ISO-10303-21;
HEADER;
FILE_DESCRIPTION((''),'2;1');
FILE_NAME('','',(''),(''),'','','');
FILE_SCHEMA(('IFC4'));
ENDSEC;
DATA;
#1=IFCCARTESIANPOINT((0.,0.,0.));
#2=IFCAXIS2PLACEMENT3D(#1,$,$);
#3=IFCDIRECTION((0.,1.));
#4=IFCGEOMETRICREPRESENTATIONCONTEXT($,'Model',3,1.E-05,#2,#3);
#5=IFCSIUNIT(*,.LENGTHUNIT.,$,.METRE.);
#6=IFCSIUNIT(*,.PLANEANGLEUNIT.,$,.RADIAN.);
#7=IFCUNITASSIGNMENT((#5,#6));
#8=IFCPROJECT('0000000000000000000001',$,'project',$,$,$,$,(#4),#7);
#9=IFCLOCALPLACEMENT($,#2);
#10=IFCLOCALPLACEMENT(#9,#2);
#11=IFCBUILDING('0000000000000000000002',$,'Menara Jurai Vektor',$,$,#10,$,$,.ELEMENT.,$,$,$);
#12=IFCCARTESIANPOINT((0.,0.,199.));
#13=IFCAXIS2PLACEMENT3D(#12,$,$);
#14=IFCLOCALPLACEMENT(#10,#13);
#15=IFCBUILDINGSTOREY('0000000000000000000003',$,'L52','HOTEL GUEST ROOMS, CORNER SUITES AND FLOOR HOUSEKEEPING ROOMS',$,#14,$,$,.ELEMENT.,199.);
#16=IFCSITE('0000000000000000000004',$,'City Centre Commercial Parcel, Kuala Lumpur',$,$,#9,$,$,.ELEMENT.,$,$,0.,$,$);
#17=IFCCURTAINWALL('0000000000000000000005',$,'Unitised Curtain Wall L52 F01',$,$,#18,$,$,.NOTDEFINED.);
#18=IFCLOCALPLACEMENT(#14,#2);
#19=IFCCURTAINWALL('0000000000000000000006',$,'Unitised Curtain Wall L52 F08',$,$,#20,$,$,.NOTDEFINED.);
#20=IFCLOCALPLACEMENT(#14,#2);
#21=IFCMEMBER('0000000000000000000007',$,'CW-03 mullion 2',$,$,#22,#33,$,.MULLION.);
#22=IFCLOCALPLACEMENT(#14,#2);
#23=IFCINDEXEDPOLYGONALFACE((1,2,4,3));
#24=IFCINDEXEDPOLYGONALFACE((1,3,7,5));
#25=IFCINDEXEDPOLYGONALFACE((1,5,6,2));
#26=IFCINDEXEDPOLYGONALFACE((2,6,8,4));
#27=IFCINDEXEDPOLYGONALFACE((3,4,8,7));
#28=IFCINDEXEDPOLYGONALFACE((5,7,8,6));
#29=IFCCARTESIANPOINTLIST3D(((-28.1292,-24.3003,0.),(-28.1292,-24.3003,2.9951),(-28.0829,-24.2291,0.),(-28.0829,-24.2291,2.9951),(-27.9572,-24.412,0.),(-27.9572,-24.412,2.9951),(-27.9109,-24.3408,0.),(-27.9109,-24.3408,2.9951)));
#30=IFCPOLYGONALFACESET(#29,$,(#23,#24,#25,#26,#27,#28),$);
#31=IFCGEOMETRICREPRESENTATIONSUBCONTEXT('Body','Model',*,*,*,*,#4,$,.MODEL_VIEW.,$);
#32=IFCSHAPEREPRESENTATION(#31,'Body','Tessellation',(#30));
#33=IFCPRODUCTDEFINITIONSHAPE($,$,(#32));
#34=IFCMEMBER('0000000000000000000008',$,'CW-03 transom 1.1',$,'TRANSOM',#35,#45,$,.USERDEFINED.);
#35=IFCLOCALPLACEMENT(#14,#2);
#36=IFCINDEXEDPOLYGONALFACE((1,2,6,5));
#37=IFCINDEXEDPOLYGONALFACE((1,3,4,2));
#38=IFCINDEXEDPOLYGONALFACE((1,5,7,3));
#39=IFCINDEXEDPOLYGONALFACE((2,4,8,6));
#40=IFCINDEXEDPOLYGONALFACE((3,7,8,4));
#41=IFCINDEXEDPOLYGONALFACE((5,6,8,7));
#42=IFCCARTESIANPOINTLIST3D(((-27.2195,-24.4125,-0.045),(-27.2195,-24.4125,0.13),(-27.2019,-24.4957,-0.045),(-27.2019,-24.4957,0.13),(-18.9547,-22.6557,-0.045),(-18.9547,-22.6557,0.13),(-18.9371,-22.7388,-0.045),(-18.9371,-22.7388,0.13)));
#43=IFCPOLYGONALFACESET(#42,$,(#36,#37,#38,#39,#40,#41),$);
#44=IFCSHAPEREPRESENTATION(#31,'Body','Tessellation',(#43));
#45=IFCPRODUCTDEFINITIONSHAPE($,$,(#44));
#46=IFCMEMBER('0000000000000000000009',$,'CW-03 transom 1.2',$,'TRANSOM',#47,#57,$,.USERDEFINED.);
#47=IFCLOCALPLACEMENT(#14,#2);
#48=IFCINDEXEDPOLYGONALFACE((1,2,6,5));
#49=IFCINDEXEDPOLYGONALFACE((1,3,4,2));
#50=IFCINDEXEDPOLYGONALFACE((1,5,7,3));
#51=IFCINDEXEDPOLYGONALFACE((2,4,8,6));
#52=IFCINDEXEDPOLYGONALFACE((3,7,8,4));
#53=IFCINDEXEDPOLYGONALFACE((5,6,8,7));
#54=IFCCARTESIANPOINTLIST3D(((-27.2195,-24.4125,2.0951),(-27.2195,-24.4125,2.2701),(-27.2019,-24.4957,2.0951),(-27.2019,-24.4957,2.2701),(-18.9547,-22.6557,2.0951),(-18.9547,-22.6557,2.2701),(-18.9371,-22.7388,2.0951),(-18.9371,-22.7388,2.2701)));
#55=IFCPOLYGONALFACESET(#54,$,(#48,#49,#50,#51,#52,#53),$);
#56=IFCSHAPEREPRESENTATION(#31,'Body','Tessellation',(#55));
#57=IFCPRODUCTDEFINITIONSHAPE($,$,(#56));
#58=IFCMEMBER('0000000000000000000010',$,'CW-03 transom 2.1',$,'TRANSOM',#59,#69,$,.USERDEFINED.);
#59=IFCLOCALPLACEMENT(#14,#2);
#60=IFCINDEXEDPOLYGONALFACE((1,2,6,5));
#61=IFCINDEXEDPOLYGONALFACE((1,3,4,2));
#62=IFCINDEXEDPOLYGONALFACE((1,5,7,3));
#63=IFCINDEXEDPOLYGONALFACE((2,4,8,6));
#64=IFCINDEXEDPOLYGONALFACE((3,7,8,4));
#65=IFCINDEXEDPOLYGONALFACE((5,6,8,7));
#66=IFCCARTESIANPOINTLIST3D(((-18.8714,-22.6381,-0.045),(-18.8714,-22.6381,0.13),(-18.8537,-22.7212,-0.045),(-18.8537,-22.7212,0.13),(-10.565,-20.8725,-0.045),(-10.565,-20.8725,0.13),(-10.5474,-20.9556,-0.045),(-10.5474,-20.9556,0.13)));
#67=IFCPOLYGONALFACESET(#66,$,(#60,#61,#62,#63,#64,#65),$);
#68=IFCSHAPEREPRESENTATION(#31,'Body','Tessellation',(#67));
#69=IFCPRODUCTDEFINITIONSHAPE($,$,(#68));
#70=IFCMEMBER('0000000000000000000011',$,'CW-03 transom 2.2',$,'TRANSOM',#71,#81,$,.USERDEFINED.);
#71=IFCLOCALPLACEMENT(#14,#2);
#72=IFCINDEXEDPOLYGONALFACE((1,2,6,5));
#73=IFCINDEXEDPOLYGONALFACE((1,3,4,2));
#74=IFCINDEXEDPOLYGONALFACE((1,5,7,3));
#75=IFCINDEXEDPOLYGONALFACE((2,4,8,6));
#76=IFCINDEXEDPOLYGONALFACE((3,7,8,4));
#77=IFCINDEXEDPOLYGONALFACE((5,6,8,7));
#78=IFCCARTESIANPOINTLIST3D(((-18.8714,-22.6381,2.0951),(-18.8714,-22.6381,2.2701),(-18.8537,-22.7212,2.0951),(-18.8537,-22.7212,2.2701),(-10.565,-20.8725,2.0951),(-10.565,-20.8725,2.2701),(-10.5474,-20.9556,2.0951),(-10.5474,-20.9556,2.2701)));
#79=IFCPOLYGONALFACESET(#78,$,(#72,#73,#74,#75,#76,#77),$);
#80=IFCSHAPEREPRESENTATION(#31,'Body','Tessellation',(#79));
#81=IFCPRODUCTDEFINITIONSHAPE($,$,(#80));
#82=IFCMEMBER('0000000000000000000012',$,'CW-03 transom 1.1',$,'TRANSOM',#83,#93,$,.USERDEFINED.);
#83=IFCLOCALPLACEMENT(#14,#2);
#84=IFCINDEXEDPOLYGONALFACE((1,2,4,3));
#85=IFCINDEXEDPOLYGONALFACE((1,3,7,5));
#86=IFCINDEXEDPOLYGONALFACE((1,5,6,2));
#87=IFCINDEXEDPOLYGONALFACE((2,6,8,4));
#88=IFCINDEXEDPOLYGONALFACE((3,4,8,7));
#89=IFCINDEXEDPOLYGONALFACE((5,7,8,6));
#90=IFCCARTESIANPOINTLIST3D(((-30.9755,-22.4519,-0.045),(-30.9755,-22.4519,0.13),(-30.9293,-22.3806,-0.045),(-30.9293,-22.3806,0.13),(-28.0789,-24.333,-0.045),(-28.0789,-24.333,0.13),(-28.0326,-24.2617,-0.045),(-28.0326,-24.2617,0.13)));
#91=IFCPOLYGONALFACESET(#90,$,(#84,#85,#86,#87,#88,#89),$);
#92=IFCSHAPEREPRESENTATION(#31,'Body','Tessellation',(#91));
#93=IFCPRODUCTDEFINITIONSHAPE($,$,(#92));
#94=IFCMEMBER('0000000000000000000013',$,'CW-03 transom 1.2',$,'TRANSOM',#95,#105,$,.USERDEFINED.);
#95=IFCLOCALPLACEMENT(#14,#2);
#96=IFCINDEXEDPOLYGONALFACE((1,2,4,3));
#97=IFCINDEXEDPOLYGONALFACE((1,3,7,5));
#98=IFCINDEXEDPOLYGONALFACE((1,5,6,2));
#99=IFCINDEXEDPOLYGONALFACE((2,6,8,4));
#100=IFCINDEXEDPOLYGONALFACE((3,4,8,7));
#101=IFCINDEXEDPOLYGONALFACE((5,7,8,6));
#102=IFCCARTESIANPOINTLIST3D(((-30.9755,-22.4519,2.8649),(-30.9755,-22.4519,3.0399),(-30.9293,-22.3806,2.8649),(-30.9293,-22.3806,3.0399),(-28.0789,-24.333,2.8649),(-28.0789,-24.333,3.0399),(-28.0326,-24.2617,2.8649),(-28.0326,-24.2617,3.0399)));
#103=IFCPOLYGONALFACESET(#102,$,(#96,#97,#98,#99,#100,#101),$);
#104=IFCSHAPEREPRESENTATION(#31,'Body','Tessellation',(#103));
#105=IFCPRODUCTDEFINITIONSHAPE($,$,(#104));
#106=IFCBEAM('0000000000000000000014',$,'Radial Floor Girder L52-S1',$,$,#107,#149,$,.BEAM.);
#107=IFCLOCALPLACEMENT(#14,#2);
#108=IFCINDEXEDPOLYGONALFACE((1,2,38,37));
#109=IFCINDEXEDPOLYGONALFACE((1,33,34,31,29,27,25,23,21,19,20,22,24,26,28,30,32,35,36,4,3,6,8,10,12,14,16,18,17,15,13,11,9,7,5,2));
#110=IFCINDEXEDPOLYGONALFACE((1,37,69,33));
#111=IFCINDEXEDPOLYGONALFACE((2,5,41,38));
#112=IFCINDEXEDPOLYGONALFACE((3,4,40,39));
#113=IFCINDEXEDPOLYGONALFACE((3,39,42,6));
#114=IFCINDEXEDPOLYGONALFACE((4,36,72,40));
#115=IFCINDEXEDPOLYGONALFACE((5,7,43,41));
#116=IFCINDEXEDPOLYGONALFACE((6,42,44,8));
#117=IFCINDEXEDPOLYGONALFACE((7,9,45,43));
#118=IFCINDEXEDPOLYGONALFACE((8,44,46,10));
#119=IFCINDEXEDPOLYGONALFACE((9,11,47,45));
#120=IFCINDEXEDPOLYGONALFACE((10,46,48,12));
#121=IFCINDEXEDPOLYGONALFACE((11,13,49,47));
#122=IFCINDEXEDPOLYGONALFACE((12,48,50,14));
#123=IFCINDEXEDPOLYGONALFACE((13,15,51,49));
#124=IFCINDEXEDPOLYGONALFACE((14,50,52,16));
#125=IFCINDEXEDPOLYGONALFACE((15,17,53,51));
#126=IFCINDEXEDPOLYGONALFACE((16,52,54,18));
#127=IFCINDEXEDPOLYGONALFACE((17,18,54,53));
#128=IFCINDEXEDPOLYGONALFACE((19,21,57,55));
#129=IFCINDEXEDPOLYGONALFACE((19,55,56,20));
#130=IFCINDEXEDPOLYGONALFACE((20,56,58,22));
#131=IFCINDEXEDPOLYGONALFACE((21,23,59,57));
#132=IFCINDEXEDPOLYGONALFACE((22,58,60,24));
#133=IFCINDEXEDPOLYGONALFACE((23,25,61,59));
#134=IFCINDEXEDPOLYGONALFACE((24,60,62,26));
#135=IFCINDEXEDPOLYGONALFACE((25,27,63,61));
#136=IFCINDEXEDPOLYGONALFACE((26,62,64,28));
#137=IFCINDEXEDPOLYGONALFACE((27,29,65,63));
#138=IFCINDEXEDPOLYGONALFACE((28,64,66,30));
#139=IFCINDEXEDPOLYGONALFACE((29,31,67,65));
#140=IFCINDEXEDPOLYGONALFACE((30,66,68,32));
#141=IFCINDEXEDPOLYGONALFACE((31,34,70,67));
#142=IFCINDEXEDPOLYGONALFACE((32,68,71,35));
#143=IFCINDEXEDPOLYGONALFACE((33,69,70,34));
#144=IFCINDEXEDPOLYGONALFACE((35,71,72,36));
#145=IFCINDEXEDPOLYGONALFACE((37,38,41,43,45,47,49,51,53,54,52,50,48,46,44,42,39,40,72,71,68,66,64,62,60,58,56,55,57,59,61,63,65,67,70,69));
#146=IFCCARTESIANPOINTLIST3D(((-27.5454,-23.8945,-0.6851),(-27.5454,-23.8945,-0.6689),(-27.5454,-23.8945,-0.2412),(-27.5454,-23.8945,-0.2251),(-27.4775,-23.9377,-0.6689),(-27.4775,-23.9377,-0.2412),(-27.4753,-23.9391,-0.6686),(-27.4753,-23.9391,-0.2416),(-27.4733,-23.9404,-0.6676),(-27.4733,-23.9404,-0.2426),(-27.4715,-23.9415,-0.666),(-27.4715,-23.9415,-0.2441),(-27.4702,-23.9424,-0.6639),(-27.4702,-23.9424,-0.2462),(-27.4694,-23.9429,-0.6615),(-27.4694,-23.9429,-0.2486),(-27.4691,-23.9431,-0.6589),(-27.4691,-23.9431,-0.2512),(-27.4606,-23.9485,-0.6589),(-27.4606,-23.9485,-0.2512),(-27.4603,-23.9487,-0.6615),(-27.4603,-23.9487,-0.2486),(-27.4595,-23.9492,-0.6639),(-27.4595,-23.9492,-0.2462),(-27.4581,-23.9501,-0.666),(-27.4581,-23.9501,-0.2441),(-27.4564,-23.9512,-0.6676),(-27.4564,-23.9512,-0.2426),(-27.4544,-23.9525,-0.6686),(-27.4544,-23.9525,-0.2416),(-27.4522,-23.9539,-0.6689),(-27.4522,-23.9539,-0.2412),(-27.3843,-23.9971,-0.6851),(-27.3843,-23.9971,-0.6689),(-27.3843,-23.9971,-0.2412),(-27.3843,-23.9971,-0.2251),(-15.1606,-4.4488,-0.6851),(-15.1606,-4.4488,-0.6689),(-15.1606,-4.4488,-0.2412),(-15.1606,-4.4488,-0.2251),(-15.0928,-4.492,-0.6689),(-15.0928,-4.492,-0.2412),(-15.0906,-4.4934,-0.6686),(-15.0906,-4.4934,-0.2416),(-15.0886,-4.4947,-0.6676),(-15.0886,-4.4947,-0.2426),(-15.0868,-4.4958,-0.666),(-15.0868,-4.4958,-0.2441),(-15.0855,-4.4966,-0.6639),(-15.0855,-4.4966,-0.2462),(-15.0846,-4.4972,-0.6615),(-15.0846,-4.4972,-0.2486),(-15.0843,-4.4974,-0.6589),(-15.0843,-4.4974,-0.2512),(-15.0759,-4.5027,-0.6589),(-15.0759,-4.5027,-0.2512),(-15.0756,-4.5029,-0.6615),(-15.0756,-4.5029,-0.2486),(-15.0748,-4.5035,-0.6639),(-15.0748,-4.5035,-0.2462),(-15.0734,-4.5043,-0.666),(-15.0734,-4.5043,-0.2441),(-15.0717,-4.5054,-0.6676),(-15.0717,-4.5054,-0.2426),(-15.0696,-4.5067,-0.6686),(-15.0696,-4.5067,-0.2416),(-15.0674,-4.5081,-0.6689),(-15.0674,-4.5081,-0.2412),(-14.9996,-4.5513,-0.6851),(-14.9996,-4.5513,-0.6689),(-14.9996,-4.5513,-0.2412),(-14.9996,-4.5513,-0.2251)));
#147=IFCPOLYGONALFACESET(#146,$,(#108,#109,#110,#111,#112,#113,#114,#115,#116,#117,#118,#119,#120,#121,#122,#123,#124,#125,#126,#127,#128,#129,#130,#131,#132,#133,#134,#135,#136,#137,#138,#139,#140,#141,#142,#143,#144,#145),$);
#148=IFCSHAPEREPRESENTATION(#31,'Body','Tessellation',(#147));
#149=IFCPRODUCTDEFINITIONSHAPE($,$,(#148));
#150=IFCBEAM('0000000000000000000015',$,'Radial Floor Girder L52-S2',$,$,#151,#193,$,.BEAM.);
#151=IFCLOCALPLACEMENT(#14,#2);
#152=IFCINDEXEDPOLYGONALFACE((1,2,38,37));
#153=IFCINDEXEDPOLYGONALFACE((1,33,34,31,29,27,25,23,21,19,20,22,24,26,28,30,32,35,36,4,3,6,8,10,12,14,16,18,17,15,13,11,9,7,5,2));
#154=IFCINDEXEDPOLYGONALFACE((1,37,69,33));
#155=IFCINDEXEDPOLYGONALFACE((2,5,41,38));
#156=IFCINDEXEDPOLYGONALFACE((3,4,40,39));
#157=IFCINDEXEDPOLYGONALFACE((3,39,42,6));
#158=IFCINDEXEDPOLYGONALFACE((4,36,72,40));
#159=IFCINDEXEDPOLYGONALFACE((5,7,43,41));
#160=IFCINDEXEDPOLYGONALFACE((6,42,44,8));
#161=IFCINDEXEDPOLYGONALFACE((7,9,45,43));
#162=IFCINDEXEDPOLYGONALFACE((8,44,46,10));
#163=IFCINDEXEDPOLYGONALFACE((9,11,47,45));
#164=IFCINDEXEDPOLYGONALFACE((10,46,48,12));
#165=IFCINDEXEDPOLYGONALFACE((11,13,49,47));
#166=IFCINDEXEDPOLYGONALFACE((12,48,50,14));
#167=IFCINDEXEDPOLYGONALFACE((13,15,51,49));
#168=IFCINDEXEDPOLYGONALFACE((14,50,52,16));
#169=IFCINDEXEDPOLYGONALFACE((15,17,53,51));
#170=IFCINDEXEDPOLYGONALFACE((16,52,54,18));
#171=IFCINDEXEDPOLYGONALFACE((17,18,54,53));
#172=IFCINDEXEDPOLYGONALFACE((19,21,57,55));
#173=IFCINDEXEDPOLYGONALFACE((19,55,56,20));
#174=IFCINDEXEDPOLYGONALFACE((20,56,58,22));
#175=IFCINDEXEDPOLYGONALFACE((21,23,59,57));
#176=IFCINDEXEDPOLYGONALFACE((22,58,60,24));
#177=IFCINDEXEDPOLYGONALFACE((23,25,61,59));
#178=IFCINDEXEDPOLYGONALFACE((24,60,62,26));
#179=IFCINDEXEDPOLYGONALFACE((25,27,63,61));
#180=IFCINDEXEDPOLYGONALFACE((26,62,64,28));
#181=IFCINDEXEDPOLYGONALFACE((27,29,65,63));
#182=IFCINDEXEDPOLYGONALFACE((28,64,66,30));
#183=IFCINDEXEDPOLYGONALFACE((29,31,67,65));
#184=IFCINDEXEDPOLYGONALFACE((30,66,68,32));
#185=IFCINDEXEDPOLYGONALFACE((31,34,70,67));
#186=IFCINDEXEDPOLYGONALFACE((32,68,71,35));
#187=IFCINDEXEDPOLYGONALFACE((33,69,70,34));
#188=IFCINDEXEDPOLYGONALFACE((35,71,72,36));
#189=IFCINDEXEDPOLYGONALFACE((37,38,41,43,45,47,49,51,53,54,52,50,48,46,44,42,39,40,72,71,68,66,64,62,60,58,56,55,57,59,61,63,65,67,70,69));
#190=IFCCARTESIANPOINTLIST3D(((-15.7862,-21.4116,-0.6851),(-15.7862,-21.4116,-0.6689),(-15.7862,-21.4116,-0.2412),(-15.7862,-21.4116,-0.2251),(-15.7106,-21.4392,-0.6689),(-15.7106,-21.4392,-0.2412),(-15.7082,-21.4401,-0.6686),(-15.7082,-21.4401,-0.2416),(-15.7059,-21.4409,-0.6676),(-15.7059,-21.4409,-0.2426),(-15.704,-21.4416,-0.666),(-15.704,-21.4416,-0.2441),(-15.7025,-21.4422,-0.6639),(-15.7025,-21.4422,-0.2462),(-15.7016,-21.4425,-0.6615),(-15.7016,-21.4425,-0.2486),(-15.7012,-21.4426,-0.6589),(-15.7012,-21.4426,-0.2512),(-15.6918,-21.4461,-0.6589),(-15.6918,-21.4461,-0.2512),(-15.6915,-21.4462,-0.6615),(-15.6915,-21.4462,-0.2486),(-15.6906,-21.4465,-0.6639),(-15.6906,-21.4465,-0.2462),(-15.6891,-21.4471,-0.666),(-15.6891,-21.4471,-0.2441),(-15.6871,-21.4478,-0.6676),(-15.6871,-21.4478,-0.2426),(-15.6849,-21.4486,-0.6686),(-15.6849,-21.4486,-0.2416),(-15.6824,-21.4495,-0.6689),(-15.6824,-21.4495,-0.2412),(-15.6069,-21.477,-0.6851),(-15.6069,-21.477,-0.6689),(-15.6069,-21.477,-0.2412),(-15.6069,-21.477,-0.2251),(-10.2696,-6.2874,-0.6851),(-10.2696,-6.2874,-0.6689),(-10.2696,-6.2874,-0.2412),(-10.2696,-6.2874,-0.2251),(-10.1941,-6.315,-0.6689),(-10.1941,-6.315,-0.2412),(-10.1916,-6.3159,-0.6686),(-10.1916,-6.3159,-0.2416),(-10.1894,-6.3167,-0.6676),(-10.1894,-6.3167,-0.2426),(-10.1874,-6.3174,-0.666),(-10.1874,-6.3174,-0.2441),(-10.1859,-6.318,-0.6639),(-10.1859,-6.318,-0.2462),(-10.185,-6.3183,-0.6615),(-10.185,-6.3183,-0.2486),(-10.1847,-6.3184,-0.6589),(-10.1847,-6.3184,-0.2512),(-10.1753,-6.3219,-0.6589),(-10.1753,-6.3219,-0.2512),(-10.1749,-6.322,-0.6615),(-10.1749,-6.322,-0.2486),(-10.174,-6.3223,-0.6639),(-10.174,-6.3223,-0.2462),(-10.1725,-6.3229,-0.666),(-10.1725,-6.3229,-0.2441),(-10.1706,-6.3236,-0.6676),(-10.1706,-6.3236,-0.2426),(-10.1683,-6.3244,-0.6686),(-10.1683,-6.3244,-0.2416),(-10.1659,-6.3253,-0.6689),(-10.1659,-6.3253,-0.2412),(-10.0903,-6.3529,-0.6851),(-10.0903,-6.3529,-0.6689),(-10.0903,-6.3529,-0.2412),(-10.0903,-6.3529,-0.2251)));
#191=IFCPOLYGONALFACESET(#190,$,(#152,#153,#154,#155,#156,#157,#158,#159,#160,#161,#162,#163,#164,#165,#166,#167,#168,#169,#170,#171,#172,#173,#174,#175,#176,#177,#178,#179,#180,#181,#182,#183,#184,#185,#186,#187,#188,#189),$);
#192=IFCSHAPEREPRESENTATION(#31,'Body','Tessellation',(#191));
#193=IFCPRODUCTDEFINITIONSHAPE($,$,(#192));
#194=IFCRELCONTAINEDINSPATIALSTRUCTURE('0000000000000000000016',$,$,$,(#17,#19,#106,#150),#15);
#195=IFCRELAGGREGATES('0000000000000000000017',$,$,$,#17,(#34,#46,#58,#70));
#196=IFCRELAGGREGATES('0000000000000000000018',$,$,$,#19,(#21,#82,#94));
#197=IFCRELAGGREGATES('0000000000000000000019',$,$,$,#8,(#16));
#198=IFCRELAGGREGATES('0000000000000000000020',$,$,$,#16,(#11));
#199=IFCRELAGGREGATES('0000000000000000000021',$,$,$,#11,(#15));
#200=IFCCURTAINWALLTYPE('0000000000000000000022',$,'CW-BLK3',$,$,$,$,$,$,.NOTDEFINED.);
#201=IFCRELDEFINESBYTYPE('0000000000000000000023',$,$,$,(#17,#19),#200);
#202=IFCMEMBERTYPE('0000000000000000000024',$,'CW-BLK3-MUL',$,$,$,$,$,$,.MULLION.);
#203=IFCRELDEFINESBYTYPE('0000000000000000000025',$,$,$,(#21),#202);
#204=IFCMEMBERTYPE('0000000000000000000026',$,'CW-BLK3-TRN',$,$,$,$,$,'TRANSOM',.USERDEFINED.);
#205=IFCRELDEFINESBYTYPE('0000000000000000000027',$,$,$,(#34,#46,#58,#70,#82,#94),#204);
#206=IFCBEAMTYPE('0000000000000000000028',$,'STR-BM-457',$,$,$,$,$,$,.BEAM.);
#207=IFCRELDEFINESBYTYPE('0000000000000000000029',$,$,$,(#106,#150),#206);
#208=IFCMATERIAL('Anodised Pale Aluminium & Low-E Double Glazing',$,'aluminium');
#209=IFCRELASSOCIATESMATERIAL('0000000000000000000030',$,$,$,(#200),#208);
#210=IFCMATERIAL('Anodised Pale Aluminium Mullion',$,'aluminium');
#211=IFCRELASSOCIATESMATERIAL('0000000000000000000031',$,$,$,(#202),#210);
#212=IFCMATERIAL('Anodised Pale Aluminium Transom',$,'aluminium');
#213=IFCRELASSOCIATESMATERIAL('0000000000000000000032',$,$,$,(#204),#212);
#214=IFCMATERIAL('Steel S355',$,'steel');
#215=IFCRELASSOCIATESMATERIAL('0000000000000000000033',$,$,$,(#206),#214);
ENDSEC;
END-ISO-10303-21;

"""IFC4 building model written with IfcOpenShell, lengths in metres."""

from ifc_helpers import new_model, si_unit, direction, frame, origin, origin_2d, place, context, subcontext, project, spatial, rectangle, i_section, extrude, material, material_profile, profile_set, type_object, element, aggregate, save


model = new_model("IFC4")

# Units and contexts
model_context = context("Model", 3, precision=1e-05, world=origin(), true_north=direction((0.0, 1.0)))
body_context = subcontext(model_context, "Body", "Model", "MODEL_VIEW")
ifc_project = project(units=[si_unit("LENGTHUNIT", "METRE"), si_unit("PLANEANGLEUNIT", "RADIAN")], contexts=[model_context])

# Site, building, storey
site_placement = place(None, origin())
site = spatial("IfcSite", under=ifc_project, at=site_placement, Name="City Centre Commercial Parcel, Kuala Lumpur", CompositionType="ELEMENT", RefElevation=0.0)
building_placement = place(site_placement, origin())
building = spatial("IfcBuilding", under=site, at=building_placement, Name="Menara Jurai Vektor", CompositionType="ELEMENT")
storey_placement = place(building_placement, frame((0.0, 0.0, 199.0)))
storey = spatial("IfcBuildingStorey", under=building, at=storey_placement, Name="L52", Description="HOTEL GUEST ROOMS, CORNER SUITES AND FLOOR HOUSEKEEPING ROOMS", CompositionType="ELEMENT", Elevation=199.0)

# Curtain wall
ifc_material_1 = material(Name="Anodised Pale Aluminium & Low-E Double Glazing", Category="aluminium")
curtain_wall_type = type_object("IfcCurtainWallType", Name="CW-BLK3", PredefinedType="NOTDEFINED", material=ifc_material_1)
curtain_wall_1_placement = place(storey_placement, origin())
curtain_wall_1 = element("IfcCurtainWall", 1, at=curtain_wall_1_placement, inside=storey, type_object=curtain_wall_type, Name="Unitised Curtain Wall L52 F01", PredefinedType="NOTDEFINED")
ifc_material_2 = material(Name="Anodised Pale Aluminium Mullion", Category="aluminium")
ifc_material_profile_1 = material_profile(ifc_material_2, rectangle(XDim=0.085, YDim=0.2051, at=origin_2d()), Name="ALU MUL 85x205")
ifc_profile_set_1 = profile_set([ifc_material_profile_1], Name="Anodised Pale Aluminium Mullion")
member_type_1 = type_object("IfcMemberType", Name="CW-BLK3-MUL", PredefinedType="MULLION", material=ifc_profile_set_1)

# Curtain wall, member
curtain_wall_2_placement = place(storey_placement, origin())
curtain_wall_2 = element("IfcCurtainWall", 2, at=curtain_wall_2_placement, inside=storey, type_object=curtain_wall_type, Name="Unitised Curtain Wall L52 F08", PredefinedType="NOTDEFINED")
member_1_placement = place(storey_placement, frame((-28.02, -24.3206, 0.0), z_axis=(0.0, 0.0, 1.0), x_axis=(0.544618, 0.838684, 0.0)))
member_1 = element("IfcMember", 3, at=member_1_placement, type_object=member_type_1, Name="CW-03 mullion 2", PredefinedType="MULLION", context=body_context, shape_type="SweptSolid", body=[
    extrude(rectangle(XDim=0.085, YDim=0.2051, at=origin_2d()), origin(), (0.0, 0.0, 1.0), 2.9951),
])

# Members
ifc_material_3 = material(Name="Anodised Pale Aluminium Transom", Category="aluminium")
ifc_material_profile_2 = material_profile(ifc_material_3, rectangle(XDim=0.085, YDim=0.175, at=origin_2d()), Name="ALU TRN 85x175")
ifc_profile_set_2 = profile_set([ifc_material_profile_2], Name="Anodised Pale Aluminium Transom")
member_type_2 = type_object("IfcMemberType", Name="CW-BLK3-TRN", ElementType="TRANSOM", PredefinedType="USERDEFINED", material=ifc_profile_set_2)
member_2_placement = place(storey_placement, frame((-27.2107, -24.4541, 0.0425), z_axis=(0.978146, 0.207921, 0.0), x_axis=(-0.207921, 0.978146, 0.0)))
member_2 = element("IfcMember", 4, at=member_2_placement, type_object=member_type_2, Name="CW-03 transom 1.1", ObjectType="TRANSOM", PredefinedType="USERDEFINED", context=body_context, shape_type="SweptSolid", body=[
    extrude(rectangle(XDim=0.085, YDim=0.175, at=origin_2d()), origin(), (0.0, 0.0, 1.0), 8.4495),
])
member_3_placement = place(storey_placement, frame((-27.2107, -24.4541, 2.1826), z_axis=(0.978146, 0.207921, 0.0), x_axis=(-0.207921, 0.978146, 0.0)))
member_3 = element("IfcMember", 5, at=member_3_placement, type_object=member_type_2, Name="CW-03 transom 1.2", ObjectType="TRANSOM", PredefinedType="USERDEFINED", context=body_context, shape_type="SweptSolid", body=[
    extrude(rectangle(XDim=0.085, YDim=0.175, at=origin_2d()), origin(), (0.0, 0.0, 1.0), 8.4495),
])
member_4_placement = place(storey_placement, frame((-18.8625, -22.6797, 0.0425), z_axis=(0.978147, 0.207917, 0.0), x_axis=(-0.207917, 0.978147, 0.0)))
member_4 = element("IfcMember", 6, at=member_4_placement, type_object=member_type_2, Name="CW-03 transom 2.1", ObjectType="TRANSOM", PredefinedType="USERDEFINED", context=body_context, shape_type="SweptSolid", body=[
    extrude(rectangle(XDim=0.085, YDim=0.175, at=origin_2d()), origin(), (0.0, 0.0, 1.0), 8.4919),
])
member_5_placement = place(storey_placement, frame((-18.8625, -22.6797, 2.1826), z_axis=(0.978147, 0.207917, 0.0), x_axis=(-0.207917, 0.978147, 0.0)))
member_5 = element("IfcMember", 7, at=member_5_placement, type_object=member_type_2, Name="CW-03 transom 2.2", ObjectType="TRANSOM", PredefinedType="USERDEFINED", context=body_context, shape_type="SweptSolid", body=[
    extrude(rectangle(XDim=0.085, YDim=0.175, at=origin_2d()), origin(), (0.0, 0.0, 1.0), 8.4919),
])
member_6_placement = place(storey_placement, frame((-30.9524, -22.4163, 0.0425), z_axis=(0.838678, -0.544628, 0.0), x_axis=(0.544628, 0.838678, 0.0)))
member_6 = element("IfcMember", 8, at=member_6_placement, type_object=member_type_2, Name="CW-03 transom 1.1", ObjectType="TRANSOM", PredefinedType="USERDEFINED", context=body_context, shape_type="SweptSolid", body=[
    extrude(rectangle(XDim=0.085, YDim=0.175, at=origin_2d()), origin(), (0.0, 0.0, 1.0), 3.4539),
])
member_7_placement = place(storey_placement, frame((-30.9524, -22.4163, 2.9524), z_axis=(0.838678, -0.544628, 0.0), x_axis=(0.544628, 0.838678, 0.0)))
member_7 = element("IfcMember", 9, at=member_7_placement, type_object=member_type_2, Name="CW-03 transom 1.2", ObjectType="TRANSOM", PredefinedType="USERDEFINED", context=body_context, shape_type="SweptSolid", body=[
    extrude(rectangle(XDim=0.085, YDim=0.175, at=origin_2d()), origin(), (0.0, 0.0, 1.0), 3.4539),
])

# Beams
ifc_material_4 = material(Name="Steel S355", Category="steel")
ifc_material_profile_3 = material_profile(ifc_material_4, i_section(OverallWidth=0.1909, OverallDepth=0.46, WebThickness=0.01, FlangeThickness=0.0161, FilletRadius=0.01, at=origin_2d()), Name="UKB 457x191x82")
ifc_profile_set_3 = profile_set([ifc_material_profile_3], Name="Steel S355")
beam_type_1 = type_object("IfcBeamType", Name="STR-BM-457", PredefinedType="BEAM", material=ifc_profile_set_3)
beam_1_placement = place(storey_placement, frame((-27.4648, -23.9458, -0.4551), z_axis=(0.537189, 0.843462, 0.0), x_axis=(-0.843462, 0.537189, 0.0)))
element("IfcBeam", 10, at=beam_1_placement, inside=storey, type_object=beam_type_1, Name="Radial Floor Girder L52-S1", PredefinedType="BEAM", context=body_context, shape_type="SweptSolid", body=[
    extrude(i_section(OverallWidth=0.1909, OverallDepth=0.46, WebThickness=0.01, FlangeThickness=0.0161, FilletRadius=0.01, at=origin_2d()), origin(), (0.0, 0.0, 1.0), 23.0547),
])
beam_2_placement = place(storey_placement, frame((-15.6965, -21.4443, -0.4551), z_axis=(0.342668, 0.939456, 0.0), x_axis=(-0.939456, 0.342668, 0.0)))
element("IfcBeam", 11, at=beam_2_placement, inside=storey, type_object=beam_type_1, Name="Radial Floor Girder L52-S2", PredefinedType="BEAM", context=body_context, shape_type="SweptSolid", body=[
    extrude(i_section(OverallWidth=0.1909, OverallDepth=0.46, WebThickness=0.01, FlangeThickness=0.0161, FilletRadius=0.01, at=origin_2d()), origin(), (0.0, 0.0, 1.0), 16.0989),
])

aggregate(curtain_wall_1, [member_2, member_3, member_4, member_5])
aggregate(curtain_wall_2, [member_1, member_6, member_7])

save(model, "model.ifc")
